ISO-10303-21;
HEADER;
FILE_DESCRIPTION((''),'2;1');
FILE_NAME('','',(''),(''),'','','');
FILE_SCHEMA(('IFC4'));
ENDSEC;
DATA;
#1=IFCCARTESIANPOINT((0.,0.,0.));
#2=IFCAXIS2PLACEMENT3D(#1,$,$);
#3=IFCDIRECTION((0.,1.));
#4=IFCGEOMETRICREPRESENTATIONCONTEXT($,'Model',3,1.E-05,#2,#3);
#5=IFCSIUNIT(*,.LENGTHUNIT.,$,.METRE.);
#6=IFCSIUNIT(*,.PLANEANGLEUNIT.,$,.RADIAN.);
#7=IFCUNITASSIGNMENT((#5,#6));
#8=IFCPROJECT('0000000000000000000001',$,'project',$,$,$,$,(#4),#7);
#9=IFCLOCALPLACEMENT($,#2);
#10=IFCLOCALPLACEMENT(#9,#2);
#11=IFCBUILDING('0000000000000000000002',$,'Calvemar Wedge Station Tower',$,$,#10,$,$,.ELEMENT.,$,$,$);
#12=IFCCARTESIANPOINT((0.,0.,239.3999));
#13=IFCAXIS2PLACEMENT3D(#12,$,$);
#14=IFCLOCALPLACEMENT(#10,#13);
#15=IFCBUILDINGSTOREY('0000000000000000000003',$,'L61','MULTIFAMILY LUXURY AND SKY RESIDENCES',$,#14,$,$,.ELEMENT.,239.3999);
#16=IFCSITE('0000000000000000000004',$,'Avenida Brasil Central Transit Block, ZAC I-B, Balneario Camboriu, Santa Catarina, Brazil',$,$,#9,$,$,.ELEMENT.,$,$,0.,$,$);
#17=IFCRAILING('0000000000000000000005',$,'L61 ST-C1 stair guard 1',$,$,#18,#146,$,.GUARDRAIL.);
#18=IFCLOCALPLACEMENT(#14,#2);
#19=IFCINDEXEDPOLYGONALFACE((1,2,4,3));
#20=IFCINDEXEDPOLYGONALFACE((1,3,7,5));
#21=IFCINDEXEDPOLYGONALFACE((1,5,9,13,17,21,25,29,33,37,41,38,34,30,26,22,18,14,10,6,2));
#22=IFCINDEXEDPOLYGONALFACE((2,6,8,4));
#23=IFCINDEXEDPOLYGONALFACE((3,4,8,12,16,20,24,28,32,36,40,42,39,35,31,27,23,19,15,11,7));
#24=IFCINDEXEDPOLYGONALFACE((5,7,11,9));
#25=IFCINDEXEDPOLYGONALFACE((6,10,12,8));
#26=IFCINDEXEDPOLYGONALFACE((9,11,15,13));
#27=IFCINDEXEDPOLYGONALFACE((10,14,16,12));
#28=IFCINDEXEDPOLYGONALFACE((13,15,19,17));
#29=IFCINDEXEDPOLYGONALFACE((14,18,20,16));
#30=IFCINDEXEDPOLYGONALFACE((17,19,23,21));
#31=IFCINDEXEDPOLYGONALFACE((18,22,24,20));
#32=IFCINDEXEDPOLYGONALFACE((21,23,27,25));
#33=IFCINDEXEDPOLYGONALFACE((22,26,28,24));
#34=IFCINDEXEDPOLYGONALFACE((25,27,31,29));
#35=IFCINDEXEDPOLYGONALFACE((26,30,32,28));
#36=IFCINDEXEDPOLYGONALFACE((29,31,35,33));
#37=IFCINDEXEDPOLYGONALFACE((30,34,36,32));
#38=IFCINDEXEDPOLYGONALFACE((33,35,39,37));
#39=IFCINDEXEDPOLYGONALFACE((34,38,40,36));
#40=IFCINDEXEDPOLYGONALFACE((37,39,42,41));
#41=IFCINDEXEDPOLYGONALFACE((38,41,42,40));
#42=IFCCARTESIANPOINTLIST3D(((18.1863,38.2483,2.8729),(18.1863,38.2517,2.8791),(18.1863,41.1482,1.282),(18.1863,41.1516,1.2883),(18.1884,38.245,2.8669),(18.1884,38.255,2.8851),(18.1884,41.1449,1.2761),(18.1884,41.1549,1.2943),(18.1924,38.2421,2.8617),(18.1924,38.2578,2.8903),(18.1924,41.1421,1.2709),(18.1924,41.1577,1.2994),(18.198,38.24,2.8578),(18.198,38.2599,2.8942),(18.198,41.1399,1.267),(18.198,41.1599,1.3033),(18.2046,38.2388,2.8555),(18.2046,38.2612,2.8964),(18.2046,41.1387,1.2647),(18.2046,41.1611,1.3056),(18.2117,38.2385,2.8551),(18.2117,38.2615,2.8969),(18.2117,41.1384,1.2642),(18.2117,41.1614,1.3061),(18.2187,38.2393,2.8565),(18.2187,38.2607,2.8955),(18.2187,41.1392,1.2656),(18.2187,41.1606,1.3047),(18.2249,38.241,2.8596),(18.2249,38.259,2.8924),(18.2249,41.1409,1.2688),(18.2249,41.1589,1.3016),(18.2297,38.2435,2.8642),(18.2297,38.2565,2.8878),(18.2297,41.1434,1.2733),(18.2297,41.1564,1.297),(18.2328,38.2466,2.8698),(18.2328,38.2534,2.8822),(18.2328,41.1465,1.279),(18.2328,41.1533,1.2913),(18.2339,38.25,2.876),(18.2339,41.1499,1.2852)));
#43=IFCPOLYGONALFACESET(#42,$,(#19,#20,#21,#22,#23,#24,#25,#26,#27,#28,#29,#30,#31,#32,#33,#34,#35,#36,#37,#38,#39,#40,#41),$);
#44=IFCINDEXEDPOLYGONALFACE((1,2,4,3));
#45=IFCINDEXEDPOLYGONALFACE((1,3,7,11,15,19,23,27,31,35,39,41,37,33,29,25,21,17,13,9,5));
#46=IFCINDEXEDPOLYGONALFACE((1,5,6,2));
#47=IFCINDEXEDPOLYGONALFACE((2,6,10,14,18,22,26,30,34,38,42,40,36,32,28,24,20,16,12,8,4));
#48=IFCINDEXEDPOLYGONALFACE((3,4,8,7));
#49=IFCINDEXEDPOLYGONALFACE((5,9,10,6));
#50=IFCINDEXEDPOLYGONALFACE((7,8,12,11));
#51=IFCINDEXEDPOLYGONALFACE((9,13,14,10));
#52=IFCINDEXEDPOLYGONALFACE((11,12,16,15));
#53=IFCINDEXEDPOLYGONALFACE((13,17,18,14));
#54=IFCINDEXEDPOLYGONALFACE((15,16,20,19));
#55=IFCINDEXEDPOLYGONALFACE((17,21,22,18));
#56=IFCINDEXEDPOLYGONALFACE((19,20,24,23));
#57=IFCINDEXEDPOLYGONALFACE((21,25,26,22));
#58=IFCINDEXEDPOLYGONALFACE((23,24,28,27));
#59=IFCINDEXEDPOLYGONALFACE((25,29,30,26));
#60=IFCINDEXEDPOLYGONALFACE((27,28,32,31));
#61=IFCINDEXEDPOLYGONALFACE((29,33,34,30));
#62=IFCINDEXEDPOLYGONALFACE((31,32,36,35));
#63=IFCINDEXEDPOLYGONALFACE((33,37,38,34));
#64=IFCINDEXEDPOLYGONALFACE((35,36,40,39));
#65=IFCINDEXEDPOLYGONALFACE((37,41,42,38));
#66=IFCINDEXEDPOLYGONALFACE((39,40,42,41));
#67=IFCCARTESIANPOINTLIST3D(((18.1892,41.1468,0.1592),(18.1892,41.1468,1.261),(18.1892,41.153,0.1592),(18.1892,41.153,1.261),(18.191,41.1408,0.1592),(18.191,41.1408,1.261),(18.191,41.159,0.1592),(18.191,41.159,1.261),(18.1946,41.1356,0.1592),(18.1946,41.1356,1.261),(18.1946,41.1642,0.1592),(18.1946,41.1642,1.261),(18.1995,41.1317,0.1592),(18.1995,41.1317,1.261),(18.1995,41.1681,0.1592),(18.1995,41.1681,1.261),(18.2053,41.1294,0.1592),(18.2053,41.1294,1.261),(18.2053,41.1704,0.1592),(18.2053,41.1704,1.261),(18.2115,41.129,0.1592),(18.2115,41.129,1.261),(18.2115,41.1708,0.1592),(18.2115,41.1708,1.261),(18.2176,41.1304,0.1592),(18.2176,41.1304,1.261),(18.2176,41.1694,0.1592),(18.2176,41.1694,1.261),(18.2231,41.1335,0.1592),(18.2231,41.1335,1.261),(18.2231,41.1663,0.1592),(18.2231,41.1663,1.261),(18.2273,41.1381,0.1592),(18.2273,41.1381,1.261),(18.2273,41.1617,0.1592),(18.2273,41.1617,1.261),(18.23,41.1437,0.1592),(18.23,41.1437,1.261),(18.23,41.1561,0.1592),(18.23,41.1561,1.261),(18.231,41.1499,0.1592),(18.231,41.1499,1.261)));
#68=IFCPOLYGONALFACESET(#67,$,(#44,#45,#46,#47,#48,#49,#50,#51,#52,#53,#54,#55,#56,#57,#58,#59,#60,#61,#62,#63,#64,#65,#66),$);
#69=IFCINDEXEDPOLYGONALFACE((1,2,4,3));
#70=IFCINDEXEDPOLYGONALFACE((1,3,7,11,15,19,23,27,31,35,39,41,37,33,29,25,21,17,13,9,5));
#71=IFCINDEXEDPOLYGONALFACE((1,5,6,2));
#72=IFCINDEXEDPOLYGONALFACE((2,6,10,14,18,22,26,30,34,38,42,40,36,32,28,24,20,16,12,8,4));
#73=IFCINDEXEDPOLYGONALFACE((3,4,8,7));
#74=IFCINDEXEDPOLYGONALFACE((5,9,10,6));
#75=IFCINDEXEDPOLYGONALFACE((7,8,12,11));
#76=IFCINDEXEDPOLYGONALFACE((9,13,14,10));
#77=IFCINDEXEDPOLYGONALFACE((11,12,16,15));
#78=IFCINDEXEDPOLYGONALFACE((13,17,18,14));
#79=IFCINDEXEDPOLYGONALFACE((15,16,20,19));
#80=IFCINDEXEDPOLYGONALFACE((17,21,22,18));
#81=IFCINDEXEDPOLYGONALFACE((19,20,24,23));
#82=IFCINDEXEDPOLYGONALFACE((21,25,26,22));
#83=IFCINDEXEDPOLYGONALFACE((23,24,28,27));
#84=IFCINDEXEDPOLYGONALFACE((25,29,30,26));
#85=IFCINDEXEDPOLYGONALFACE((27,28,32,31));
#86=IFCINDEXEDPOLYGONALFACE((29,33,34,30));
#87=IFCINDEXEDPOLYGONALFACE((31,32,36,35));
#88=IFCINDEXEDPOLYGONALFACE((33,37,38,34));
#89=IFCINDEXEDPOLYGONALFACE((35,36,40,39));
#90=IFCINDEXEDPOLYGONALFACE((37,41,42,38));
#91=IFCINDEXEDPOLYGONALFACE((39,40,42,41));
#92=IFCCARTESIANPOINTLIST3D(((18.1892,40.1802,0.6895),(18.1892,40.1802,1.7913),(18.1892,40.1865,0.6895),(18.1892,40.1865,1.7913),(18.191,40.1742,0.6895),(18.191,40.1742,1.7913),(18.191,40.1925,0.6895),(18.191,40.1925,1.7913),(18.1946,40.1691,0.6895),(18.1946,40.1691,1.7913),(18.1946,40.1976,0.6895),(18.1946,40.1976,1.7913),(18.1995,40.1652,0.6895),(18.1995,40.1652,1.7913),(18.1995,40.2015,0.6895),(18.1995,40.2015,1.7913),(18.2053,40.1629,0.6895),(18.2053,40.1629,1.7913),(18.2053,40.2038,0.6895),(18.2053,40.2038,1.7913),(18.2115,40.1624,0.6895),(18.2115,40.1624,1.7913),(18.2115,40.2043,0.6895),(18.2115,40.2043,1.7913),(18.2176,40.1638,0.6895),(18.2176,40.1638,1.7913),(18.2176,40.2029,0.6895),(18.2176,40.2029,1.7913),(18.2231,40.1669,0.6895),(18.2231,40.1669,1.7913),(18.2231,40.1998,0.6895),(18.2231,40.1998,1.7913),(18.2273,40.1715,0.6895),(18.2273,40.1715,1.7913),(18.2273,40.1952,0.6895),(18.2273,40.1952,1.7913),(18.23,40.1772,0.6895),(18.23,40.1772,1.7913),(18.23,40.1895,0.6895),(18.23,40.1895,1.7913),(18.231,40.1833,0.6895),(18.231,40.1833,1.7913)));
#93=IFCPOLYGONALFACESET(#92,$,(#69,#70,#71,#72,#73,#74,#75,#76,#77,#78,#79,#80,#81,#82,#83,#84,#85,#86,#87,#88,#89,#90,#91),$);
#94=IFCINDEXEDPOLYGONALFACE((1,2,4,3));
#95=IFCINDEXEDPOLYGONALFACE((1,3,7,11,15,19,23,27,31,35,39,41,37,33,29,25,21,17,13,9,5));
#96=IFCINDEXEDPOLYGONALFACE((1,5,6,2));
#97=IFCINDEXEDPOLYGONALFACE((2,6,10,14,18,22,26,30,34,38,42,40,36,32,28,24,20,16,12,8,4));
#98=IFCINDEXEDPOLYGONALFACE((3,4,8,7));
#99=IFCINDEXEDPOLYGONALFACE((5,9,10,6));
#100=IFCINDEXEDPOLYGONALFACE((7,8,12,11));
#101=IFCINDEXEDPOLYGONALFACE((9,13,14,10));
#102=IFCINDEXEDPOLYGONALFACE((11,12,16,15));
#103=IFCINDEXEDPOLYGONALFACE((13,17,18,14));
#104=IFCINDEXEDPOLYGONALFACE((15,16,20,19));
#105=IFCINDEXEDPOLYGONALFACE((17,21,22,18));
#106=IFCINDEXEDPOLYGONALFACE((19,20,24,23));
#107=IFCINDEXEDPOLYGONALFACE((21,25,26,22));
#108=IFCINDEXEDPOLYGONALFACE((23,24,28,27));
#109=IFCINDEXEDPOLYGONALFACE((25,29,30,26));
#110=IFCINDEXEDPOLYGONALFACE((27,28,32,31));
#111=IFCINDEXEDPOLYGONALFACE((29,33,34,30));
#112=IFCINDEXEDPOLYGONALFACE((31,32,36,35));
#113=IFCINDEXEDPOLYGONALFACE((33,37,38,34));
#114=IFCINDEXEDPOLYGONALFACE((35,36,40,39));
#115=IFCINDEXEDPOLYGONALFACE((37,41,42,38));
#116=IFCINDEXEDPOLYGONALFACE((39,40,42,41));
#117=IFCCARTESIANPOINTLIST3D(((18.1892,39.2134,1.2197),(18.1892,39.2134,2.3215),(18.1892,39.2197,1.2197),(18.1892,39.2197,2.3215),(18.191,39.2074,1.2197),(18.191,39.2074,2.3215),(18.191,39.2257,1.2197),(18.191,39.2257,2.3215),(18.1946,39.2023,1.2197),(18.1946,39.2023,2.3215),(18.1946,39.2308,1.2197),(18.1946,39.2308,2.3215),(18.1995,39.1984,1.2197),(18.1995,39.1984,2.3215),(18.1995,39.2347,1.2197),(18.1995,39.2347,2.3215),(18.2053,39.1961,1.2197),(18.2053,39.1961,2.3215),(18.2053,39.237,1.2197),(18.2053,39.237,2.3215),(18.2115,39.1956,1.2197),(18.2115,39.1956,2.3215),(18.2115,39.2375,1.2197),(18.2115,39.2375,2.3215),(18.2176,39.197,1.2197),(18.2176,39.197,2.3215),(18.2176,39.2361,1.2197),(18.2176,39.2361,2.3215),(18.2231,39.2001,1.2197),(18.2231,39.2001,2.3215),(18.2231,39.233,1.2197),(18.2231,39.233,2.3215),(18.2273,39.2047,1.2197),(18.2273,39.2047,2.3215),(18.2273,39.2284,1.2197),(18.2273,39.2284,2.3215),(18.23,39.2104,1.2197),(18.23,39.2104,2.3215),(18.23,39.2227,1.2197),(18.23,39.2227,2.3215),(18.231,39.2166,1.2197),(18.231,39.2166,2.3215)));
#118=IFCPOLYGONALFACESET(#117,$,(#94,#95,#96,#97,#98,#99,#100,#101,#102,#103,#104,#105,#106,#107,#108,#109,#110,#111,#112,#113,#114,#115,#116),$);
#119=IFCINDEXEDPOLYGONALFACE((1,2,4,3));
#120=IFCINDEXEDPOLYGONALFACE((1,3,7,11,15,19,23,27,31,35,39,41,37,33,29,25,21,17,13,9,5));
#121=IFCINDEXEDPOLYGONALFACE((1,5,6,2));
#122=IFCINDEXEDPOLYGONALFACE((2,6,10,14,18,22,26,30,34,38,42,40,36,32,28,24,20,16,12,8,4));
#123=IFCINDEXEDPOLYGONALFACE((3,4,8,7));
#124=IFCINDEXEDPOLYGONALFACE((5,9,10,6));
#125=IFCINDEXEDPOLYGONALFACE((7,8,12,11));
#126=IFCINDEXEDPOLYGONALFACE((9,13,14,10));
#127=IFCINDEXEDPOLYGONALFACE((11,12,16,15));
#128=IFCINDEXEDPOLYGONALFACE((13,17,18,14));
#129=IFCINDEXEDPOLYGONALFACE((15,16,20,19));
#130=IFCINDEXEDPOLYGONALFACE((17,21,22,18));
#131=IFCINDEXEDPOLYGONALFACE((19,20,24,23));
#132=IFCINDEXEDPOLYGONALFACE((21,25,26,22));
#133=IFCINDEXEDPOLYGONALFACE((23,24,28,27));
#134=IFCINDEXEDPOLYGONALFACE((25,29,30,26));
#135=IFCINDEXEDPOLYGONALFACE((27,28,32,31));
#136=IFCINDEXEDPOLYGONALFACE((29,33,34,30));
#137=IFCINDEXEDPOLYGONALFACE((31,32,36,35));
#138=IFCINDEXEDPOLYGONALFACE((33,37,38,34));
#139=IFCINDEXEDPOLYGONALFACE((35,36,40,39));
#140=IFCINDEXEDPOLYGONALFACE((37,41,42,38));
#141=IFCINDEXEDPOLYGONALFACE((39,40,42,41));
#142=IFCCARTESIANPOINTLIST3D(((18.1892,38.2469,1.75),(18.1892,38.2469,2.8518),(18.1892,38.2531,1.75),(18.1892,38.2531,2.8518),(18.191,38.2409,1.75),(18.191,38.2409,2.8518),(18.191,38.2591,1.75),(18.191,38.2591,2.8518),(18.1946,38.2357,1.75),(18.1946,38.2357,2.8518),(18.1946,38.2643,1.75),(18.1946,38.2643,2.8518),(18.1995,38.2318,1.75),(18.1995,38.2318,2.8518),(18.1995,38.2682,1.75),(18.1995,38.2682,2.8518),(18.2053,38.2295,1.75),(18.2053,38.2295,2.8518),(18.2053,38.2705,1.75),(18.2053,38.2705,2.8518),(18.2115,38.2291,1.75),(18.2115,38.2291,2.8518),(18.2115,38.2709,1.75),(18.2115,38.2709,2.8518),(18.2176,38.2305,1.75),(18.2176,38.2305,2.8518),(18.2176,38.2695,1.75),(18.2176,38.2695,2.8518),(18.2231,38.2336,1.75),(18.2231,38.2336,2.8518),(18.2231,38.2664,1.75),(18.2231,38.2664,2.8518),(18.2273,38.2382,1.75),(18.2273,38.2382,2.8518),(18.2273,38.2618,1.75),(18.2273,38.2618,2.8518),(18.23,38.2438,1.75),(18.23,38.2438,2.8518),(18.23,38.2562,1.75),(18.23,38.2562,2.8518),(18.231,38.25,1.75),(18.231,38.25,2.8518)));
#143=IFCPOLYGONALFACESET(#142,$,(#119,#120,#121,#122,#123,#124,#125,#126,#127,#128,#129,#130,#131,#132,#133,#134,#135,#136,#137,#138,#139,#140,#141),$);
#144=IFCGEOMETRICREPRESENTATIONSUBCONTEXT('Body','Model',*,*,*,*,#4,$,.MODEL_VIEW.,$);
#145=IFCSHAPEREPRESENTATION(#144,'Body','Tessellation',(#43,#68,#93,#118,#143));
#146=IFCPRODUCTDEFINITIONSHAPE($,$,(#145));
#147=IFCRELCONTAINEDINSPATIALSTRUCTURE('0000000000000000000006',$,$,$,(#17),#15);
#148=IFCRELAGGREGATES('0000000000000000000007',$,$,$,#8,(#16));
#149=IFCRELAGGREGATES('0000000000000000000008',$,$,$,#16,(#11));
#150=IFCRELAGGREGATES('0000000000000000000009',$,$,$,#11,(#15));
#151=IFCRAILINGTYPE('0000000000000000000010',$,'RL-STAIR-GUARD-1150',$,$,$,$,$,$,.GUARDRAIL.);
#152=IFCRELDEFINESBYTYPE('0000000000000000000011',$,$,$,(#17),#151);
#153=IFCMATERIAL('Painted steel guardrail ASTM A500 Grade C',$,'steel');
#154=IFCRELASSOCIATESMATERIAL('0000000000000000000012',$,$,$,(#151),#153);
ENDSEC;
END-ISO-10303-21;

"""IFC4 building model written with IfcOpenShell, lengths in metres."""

from ifc_helpers import new_model, si_unit, direction, frame, origin, origin_2d, place, context, subcontext, project, spatial, circle, extrude, material, type_object, element, save


model = new_model("IFC4")

# Units and contexts
model_context = context("Model", 3, precision=1e-05, world=origin(), true_north=direction((0.0, 1.0)))
body_context = subcontext(model_context, "Body", "Model", "MODEL_VIEW")
ifc_project = project(units=[si_unit("LENGTHUNIT", "METRE"), si_unit("PLANEANGLEUNIT", "RADIAN")], contexts=[model_context])

# Site, building, storey
site_placement = place(None, origin())
site = spatial("IfcSite", under=ifc_project, at=site_placement, Name="Avenida Brasil Central Transit Block, ZAC I-B, Balneario Camboriu, Santa Catarina, Brazil", CompositionType="ELEMENT", RefElevation=0.0)
building_placement = place(site_placement, origin())
building = spatial("IfcBuilding", under=site, at=building_placement, Name="Calvemar Wedge Station Tower", CompositionType="ELEMENT")
storey_placement = place(building_placement, frame((0.0, 0.0, 239.3999)))
storey = spatial("IfcBuildingStorey", under=building, at=storey_placement, Name="L61", Description="MULTIFAMILY LUXURY AND SKY RESIDENCES", CompositionType="ELEMENT", Elevation=239.3999)

# Railing
ifc_material_1 = material(Name="Painted steel guardrail ASTM A500 Grade C", Category="steel")
railing_type_1 = type_object("IfcRailingType", Name="RL-STAIR-GUARD-1150", PredefinedType="GUARDRAIL", material=ifc_material_1)
railing_1_placement = place(storey_placement, frame((18.21, 41.1499, 0.1592)))
element("IfcRailing", 1, at=railing_1_placement, inside=storey, type_object=railing_type_1, Name="L61 ST-C1 stair guard 1", PredefinedType="GUARDRAIL", context=body_context, shape_type="SweptSolid", body=[
    extrude(circle(Radius=0.0239, at=origin_2d()), frame((0.0, 0.0, 1.126), z_axis=(0.0, -0.876742, 0.480961), x_axis=(1.0, 0.0, 0.0)), (0.0, 0.0, 1.0), 3.3076),
    extrude(circle(Radius=0.021, at=origin_2d()), origin(), (0.0, 0.0, 1.0), 1.1018),
    extrude(circle(Radius=0.021, at=origin_2d()), frame((0.0, -0.9666, 0.5303)), (0.0, 0.0, 1.0), 1.1018),
    extrude(circle(Radius=0.021, at=origin_2d()), frame((0.0, -1.9333, 1.0605)), (0.0, 0.0, 1.0), 1.1018),
    extrude(circle(Radius=0.021, at=origin_2d()), frame((0.0, -2.8999, 1.5908)), (0.0, 0.0, 1.0), 1.1018),
])

save(model, "model.ifc")
